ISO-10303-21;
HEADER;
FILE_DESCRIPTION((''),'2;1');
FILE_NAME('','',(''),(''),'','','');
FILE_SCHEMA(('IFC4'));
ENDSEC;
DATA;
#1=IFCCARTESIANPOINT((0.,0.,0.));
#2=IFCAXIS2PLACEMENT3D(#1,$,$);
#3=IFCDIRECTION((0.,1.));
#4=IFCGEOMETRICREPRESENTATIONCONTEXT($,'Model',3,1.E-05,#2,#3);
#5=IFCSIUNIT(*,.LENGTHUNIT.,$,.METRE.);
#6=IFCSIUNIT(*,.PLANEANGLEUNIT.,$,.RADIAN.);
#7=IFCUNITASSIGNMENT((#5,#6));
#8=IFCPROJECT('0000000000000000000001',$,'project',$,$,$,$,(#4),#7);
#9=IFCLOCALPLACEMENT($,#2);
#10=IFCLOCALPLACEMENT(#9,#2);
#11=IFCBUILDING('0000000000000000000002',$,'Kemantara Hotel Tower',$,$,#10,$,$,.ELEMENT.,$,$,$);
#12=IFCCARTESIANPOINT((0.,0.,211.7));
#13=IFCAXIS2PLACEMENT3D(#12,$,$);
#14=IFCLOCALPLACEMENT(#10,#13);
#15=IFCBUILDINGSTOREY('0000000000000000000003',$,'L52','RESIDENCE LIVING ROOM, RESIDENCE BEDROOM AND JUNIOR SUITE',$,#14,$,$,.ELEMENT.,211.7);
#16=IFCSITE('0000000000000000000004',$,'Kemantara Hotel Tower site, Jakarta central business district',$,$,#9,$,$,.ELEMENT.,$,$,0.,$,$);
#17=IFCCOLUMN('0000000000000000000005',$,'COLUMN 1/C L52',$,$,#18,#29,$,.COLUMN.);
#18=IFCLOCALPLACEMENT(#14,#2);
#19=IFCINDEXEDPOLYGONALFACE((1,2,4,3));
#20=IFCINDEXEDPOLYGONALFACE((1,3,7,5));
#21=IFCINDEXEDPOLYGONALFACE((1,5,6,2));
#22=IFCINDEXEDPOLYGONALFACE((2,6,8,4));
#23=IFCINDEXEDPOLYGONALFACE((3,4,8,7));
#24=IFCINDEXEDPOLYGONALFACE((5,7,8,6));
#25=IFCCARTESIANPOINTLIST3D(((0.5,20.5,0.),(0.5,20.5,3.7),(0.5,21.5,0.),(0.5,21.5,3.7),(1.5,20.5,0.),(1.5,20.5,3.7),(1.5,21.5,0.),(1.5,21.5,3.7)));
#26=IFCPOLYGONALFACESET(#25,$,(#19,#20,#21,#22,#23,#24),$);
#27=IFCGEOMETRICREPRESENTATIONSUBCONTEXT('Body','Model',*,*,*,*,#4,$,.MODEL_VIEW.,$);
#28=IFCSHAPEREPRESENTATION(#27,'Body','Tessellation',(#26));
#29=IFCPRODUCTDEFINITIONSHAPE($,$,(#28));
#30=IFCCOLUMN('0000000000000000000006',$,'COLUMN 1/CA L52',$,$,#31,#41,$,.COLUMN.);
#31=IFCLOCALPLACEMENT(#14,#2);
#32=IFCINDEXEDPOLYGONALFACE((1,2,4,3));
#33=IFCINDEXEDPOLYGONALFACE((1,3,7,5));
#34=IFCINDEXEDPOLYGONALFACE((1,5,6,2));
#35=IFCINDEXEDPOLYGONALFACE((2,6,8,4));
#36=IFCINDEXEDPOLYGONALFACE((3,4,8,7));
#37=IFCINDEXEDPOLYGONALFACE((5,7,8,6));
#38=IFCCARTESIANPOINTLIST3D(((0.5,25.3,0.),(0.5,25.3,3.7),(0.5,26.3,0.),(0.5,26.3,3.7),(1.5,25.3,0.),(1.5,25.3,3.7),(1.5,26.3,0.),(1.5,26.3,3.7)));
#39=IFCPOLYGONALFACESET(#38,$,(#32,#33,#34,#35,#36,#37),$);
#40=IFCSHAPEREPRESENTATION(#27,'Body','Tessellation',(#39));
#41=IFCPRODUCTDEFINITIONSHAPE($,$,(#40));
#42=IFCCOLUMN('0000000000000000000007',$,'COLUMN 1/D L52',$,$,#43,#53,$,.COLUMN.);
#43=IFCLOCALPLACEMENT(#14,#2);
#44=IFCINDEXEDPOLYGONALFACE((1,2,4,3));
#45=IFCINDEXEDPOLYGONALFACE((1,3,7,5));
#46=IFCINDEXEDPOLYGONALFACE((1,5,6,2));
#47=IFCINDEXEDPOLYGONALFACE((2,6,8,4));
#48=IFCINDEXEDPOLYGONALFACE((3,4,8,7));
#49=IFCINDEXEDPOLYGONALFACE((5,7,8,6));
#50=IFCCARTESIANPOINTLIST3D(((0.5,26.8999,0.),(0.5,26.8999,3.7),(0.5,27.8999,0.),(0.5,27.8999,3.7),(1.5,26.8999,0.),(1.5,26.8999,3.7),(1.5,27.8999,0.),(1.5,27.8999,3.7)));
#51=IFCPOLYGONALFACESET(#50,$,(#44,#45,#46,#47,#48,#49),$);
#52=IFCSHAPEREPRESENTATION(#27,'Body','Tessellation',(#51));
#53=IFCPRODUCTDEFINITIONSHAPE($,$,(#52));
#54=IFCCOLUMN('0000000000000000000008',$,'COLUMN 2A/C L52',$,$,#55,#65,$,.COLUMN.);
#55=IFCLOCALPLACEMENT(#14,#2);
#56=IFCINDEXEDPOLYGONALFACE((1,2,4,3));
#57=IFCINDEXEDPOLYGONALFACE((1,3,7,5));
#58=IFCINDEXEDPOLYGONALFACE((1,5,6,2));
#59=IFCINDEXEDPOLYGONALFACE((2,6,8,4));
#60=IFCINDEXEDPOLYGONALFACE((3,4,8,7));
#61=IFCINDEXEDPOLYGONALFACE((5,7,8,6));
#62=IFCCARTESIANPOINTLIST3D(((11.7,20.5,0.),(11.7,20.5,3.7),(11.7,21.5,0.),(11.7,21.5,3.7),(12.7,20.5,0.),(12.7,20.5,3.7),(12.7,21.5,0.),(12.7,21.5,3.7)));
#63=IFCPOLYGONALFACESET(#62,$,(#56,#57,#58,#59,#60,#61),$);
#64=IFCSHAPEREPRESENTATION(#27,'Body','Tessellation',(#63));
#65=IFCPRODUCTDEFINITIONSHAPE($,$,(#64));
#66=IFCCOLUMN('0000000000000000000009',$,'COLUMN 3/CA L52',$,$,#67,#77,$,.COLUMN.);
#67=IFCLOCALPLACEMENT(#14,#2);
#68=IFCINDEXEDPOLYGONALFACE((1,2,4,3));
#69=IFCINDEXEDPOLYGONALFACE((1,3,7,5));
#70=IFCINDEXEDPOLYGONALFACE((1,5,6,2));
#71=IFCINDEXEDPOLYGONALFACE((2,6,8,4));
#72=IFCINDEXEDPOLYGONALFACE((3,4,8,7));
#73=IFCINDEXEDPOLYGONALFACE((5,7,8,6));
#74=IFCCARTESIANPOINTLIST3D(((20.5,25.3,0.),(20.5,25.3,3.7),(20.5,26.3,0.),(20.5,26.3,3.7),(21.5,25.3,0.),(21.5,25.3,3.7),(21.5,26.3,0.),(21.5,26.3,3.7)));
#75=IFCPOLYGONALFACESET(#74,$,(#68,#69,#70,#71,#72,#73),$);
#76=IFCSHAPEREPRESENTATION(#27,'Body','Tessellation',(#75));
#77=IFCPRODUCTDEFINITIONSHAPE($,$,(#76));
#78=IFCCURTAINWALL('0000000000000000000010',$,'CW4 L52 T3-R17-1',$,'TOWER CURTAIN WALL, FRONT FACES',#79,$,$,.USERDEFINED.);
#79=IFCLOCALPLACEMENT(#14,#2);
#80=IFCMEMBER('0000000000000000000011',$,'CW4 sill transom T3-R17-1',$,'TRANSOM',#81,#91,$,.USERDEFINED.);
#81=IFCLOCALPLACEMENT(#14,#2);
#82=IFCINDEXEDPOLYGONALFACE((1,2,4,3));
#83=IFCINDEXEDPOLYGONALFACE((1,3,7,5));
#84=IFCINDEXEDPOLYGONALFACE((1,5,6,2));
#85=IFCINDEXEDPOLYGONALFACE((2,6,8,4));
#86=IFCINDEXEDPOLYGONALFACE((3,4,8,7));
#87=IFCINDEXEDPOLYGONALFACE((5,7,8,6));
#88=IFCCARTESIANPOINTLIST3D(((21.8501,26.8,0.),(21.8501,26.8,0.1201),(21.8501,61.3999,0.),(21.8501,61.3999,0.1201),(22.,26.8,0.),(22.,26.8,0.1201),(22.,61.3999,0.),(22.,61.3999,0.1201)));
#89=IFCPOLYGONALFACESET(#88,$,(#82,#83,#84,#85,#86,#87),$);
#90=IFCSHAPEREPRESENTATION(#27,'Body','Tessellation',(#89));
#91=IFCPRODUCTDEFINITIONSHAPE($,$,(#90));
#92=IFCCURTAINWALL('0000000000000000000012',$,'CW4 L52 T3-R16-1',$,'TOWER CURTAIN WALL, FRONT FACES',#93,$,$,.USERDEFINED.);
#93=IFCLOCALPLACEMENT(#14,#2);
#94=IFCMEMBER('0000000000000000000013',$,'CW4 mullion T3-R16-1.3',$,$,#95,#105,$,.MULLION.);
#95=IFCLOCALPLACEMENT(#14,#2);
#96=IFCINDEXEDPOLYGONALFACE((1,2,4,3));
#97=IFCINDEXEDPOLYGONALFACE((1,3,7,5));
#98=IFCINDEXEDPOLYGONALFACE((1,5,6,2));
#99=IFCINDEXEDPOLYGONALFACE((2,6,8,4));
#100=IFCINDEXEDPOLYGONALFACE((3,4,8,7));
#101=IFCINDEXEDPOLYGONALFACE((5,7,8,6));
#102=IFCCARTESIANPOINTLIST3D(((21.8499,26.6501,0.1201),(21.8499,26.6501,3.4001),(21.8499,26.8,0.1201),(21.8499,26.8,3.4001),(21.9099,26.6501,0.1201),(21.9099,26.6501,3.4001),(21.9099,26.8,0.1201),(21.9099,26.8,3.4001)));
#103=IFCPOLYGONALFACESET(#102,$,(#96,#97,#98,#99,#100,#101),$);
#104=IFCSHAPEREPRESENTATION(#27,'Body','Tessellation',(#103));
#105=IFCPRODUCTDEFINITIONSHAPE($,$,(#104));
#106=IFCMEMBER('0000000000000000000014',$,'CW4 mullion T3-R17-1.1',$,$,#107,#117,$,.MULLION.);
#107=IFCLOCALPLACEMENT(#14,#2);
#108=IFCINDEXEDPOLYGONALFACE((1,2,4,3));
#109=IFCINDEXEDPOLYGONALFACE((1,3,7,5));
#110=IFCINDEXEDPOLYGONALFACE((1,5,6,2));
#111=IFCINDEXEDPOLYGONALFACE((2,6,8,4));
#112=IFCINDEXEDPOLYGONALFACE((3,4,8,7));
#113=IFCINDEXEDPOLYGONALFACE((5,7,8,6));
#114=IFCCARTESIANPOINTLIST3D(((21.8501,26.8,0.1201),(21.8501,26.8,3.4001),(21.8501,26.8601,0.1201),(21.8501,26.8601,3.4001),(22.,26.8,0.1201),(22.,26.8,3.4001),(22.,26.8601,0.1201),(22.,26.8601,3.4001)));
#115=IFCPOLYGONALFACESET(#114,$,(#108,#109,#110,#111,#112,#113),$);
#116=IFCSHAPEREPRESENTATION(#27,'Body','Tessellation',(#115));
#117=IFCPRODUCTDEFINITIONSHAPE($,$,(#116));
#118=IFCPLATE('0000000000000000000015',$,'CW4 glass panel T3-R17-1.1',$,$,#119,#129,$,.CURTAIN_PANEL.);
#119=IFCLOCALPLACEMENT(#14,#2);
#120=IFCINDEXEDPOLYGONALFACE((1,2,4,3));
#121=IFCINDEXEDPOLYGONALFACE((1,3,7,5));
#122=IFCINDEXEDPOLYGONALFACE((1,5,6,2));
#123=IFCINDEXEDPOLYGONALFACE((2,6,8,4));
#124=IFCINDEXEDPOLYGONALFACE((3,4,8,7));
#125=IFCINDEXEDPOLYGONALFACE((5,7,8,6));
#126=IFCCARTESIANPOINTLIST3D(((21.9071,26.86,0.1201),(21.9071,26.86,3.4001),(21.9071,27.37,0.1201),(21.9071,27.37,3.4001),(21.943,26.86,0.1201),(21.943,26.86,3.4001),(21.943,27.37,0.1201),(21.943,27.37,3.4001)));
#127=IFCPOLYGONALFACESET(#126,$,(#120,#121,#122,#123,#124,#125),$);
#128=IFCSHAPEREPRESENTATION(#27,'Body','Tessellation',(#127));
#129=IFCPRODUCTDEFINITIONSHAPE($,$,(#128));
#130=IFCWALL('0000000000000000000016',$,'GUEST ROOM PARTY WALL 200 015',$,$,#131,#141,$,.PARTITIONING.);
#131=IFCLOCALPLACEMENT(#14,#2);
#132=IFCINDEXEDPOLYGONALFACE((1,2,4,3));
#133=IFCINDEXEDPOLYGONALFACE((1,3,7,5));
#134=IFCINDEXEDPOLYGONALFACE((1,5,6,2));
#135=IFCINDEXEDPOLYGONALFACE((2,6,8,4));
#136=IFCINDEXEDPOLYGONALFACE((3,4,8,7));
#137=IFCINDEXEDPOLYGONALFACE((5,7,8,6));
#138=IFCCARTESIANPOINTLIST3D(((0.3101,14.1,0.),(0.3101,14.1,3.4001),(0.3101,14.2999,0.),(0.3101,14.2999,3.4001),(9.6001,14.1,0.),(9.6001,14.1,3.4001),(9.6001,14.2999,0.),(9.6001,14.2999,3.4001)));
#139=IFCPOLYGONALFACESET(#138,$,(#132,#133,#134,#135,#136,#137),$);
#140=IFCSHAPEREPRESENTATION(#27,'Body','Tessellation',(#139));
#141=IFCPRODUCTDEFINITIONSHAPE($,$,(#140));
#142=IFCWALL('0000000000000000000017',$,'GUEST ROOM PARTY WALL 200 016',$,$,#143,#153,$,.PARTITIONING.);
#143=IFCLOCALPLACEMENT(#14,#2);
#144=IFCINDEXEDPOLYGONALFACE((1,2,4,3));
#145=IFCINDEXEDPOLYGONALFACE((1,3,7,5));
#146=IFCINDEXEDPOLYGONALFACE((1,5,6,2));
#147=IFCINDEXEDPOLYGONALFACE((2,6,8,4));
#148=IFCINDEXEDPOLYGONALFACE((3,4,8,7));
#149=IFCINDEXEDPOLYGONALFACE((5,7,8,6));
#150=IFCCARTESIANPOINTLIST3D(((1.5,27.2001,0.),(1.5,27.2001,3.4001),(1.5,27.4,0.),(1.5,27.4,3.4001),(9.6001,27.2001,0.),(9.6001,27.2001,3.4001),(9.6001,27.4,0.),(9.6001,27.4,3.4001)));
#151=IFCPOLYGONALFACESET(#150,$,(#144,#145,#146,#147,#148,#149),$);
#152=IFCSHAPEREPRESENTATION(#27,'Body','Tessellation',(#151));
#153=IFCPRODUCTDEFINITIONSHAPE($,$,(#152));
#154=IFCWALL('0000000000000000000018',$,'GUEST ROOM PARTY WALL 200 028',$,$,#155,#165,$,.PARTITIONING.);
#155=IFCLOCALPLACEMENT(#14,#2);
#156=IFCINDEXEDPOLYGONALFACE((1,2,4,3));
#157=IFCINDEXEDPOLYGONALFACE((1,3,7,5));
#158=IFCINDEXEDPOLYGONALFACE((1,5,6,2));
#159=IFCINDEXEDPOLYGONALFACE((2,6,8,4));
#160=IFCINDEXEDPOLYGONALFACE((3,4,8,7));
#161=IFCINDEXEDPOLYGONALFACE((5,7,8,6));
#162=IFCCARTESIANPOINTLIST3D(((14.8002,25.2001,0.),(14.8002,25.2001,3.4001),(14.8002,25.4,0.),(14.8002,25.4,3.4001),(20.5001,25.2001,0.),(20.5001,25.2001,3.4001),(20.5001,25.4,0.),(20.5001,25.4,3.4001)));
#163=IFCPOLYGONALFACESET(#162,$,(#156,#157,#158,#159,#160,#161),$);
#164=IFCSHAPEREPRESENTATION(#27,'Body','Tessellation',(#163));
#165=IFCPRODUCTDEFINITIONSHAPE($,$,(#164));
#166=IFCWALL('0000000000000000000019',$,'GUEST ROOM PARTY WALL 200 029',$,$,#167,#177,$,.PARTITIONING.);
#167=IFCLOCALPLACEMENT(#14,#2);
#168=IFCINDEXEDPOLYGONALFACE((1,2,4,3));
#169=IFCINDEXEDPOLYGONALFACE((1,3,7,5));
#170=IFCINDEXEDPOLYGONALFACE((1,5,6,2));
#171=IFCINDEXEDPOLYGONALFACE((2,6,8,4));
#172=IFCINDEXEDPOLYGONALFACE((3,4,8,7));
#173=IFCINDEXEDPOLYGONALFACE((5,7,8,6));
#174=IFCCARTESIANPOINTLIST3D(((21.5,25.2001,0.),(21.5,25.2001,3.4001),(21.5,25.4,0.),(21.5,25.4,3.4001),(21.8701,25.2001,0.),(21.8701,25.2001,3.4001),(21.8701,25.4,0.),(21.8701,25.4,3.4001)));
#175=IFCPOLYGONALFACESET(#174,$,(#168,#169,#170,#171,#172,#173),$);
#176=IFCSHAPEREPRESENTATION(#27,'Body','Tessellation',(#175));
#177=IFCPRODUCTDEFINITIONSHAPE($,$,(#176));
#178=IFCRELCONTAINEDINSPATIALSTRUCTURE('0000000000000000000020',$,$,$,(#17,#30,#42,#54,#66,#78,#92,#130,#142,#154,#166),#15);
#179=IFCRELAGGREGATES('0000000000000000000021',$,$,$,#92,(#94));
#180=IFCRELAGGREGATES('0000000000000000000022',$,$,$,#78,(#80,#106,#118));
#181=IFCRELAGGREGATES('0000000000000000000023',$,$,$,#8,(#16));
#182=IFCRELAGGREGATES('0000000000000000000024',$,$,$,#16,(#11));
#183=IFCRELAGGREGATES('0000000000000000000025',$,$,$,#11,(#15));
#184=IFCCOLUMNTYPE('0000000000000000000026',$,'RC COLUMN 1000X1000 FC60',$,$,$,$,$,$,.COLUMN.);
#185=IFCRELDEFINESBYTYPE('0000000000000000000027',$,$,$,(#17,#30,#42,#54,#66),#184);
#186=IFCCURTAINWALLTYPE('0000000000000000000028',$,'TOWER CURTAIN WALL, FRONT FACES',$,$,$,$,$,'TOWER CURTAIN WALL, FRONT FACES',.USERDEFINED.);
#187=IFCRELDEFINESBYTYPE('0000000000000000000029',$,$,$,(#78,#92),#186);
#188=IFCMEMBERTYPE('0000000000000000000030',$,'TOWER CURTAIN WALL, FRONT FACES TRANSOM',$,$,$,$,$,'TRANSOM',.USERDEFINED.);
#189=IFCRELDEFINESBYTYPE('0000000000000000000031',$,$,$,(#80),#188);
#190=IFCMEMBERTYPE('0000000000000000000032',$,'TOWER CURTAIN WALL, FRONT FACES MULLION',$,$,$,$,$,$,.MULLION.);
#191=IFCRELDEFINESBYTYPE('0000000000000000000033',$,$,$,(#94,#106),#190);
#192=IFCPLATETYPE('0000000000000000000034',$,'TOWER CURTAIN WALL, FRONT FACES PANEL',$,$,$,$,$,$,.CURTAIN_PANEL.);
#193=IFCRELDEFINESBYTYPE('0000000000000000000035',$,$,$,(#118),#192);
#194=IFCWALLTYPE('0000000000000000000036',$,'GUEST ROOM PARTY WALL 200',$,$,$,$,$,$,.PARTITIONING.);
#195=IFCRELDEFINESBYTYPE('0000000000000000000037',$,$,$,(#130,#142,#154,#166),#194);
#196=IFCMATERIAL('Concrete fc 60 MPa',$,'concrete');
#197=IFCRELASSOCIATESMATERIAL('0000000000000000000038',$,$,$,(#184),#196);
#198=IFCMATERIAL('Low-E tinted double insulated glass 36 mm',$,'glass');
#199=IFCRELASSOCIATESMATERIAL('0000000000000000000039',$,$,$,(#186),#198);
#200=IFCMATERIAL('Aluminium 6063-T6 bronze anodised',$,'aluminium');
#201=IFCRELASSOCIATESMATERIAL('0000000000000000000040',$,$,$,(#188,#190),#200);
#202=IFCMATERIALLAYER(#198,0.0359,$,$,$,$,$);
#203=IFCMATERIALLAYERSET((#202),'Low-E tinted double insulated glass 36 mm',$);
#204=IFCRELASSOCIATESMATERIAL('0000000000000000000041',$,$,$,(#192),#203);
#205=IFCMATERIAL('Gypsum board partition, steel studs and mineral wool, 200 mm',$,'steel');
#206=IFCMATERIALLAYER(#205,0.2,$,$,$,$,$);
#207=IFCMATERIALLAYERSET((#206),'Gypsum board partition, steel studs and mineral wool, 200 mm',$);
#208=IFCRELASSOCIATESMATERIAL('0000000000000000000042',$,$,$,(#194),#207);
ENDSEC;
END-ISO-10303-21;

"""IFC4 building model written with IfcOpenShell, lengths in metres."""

from ifc_helpers import new_model, si_unit, direction, frame, frame_2d, origin, origin_2d, place, context, subcontext, project, spatial, rectangle, extrude, source, transform, mapped, material, layer, layer_set, material_profile, profile_set, type_object, element, aggregate, save


model = new_model("IFC4")

# Units and contexts
model_context = context("Model", 3, precision=1e-05, world=origin(), true_north=direction((0.0, 1.0)))
body_context = subcontext(model_context, "Body", "Model", "MODEL_VIEW")
ifc_project = project(units=[si_unit("LENGTHUNIT", "METRE"), si_unit("PLANEANGLEUNIT", "RADIAN")], contexts=[model_context])

# Site, building, storey
site_placement = place(None, origin())
site = spatial("IfcSite", under=ifc_project, at=site_placement, Name="Kemantara Hotel Tower site, Jakarta central business district", CompositionType="ELEMENT", RefElevation=0.0)
building_placement = place(site_placement, origin())
building = spatial("IfcBuilding", under=site, at=building_placement, Name="Kemantara Hotel Tower", CompositionType="ELEMENT")
storey_placement = place(building_placement, frame((0.0, 0.0, 211.7)))
storey = spatial("IfcBuildingStorey", under=building, at=storey_placement, Name="L52", Description="RESIDENCE LIVING ROOM, RESIDENCE BEDROOM AND JUNIOR SUITE", CompositionType="ELEMENT", Elevation=211.7)

# Columns
ifc_material_1 = material(Name="Concrete fc 60 MPa", Category="concrete")
ifc_material_profile_1 = material_profile(ifc_material_1, rectangle(XDim=1.0, YDim=1.0, at=origin_2d()), Name="RC 1000X1000")
ifc_profile_set_1 = profile_set([ifc_material_profile_1], Name="Concrete fc 60 MPa")
column_type = type_object("IfcColumnType", Name="RC COLUMN 1000X1000 FC60", PredefinedType="COLUMN", material=ifc_profile_set_1)
for number, where, z_axis, x_axis, name in (
    (1, (1.0, 21.0, 0.0), (0.0, 0.0, 1.0), (1.0, 0.0, 0.0), "COLUMN 1/C L52"),
    (2, (1.0, 25.8, 0.0), (0.0, 0.0, 1.0), (1.0, 0.0, 0.0), "COLUMN 1/CA L52"),
    (3, (1.0, 27.3999, 0.0), (0.0, 0.0, 1.0), (1.0, 0.0, 0.0), "COLUMN 1/D L52"),
    (4, (12.2, 21.0, 0.0), (0.0, 0.0, 1.0), (1.0, 0.0, 0.0), "COLUMN 2A/C L52"),
    (5, (21.0, 25.8, 0.0), (0.0, 0.0, 1.0), (1.0, 0.0, 0.0), "COLUMN 3/CA L52"),
):
    element("IfcColumn", number, at=place(storey_placement, frame(where, z_axis=z_axis, x_axis=x_axis)), inside=storey, type_object=column_type, Name=name, PredefinedType="COLUMN", context=body_context, shape_type="SweptSolid", body=[
        extrude(rectangle(XDim=1.0, YDim=1.0, at=origin_2d()), origin(), (0.0, 0.0, 1.0), 3.7),
    ])

# Curtain walls, members
ifc_material_2 = material(Name="Low-E tinted double insulated glass 36 mm", Category="glass")
curtain_wall_type = type_object("IfcCurtainWallType", Name="TOWER CURTAIN WALL, FRONT FACES", ElementType="TOWER CURTAIN WALL, FRONT FACES", PredefinedType="USERDEFINED", material=ifc_material_2)
curtain_wall_1_placement = place(storey_placement, origin())
curtain_wall_1 = element("IfcCurtainWall", 6, at=curtain_wall_1_placement, inside=storey, type_object=curtain_wall_type, Name="CW4 L52 T3-R17-1", ObjectType="TOWER CURTAIN WALL, FRONT FACES", PredefinedType="USERDEFINED")
ifc_material_3 = material(Name="Aluminium 6063-T6 bronze anodised", Category="aluminium")
ifc_material_profile_2 = material_profile(ifc_material_3, rectangle(XDim=0.1499, YDim=0.1201, at=origin_2d()), Name="TOWER CURTAIN WALL, FRONT FACES TRANSOM")
ifc_profile_set_2 = profile_set([ifc_material_profile_2], Name="Aluminium 6063-T6 bronze anodised")
member_type_1 = type_object("IfcMemberType", Name="TOWER CURTAIN WALL, FRONT FACES TRANSOM", ElementType="TRANSOM", PredefinedType="USERDEFINED", material=ifc_profile_set_2)
member_1_placement = place(storey_placement, frame((21.925, 26.8, 0.0601), z_axis=(0.0, 1.0, 0.0), x_axis=(-1.0, 0.0, 0.0)))
member_1 = element("IfcMember", 7, at=member_1_placement, type_object=member_type_1, Name="CW4 sill transom T3-R17-1", ObjectType="TRANSOM", PredefinedType="USERDEFINED", context=body_context, shape_type="SweptSolid", body=[
    extrude(rectangle(XDim=0.1499, YDim=0.1201, at=origin_2d()), origin(), (0.0, 0.0, 1.0), 34.5999),
])
curtain_wall_2_placement = place(storey_placement, origin())
curtain_wall_2 = element("IfcCurtainWall", 8, at=curtain_wall_2_placement, inside=storey, type_object=curtain_wall_type, Name="CW4 L52 T3-R16-1", ObjectType="TOWER CURTAIN WALL, FRONT FACES", PredefinedType="USERDEFINED")
ifc_material_profile_3 = material_profile(ifc_material_3, rectangle(XDim=0.1499, YDim=0.0601, at=origin_2d()), Name="TOWER CURTAIN WALL, FRONT FACES MULLION")
ifc_profile_set_3 = profile_set([ifc_material_profile_3], Name="Aluminium 6063-T6 bronze anodised")
member_type_2 = type_object("IfcMemberType", Name="TOWER CURTAIN WALL, FRONT FACES MULLION", PredefinedType="MULLION", material=ifc_profile_set_3)
shared_shape_1 = source(origin(), body_context, "Body", "SweptSolid", [
    extrude(rectangle(XDim=0.1499, YDim=0.0601, at=origin_2d()), origin(), (0.0, 0.0, 1.0), 3.28),
])
member_2_placement = place(storey_placement, frame((21.8799, 26.7251, 0.1201), z_axis=(0.0, 0.0, 1.0), x_axis=(0.0, -1.0, 0.0)))
member_2 = element("IfcMember", 9, at=member_2_placement, type_object=member_type_2, Name="CW4 mullion T3-R16-1.3", PredefinedType="MULLION", context=body_context, shape_type="MappedRepresentation", body=[
    mapped(shared_shape_1, transform((0.0, 0.0, 0.0))),
])
aggregate(curtain_wall_2, [member_2])

# Member
member_3_placement = place(storey_placement, frame((21.925, 26.8301, 0.1201), z_axis=(0.0, 0.0, 1.0), x_axis=(-1.0, 0.0, 0.0)))
member_3 = element("IfcMember", 10, at=member_3_placement, type_object=member_type_2, Name="CW4 mullion T3-R17-1.1", PredefinedType="MULLION", context=body_context, shape_type="MappedRepresentation", body=[
    mapped(shared_shape_1, transform((0.0, 0.0, 0.0))),
])

# Plate
ifc_layer_1 = layer(ifc_material_2, 0.0359)
ifc_layer_set_1 = layer_set([ifc_layer_1], Name="Low-E tinted double insulated glass 36 mm")
plate_type = type_object("IfcPlateType", Name="TOWER CURTAIN WALL, FRONT FACES PANEL", PredefinedType="CURTAIN_PANEL", material=ifc_layer_set_1)
shared_shape_2 = source(origin(), body_context, "Body", "SweptSolid", [
    extrude(rectangle(XDim=0.51, YDim=0.0359, at=origin_2d()), origin(), (0.0, 0.0, 1.0), 3.28),
])
plate_placement = place(storey_placement, frame((21.925, 27.115, 0.1201), z_axis=(0.0, 0.0, 1.0), x_axis=(0.0, 1.0, 0.0)))
plate = element("IfcPlate", 11, at=plate_placement, type_object=plate_type, Name="CW4 glass panel T3-R17-1.1", PredefinedType="CURTAIN_PANEL", context=body_context, shape_type="MappedRepresentation", body=[
    mapped(shared_shape_2, transform((0.0, 0.0, 0.0))),
])
aggregate(curtain_wall_1, [member_1, member_3, plate])

# Walls
ifc_material_4 = material(Name="Gypsum board partition, steel studs and mineral wool, 200 mm", Category="steel")
ifc_layer_2 = layer(ifc_material_4, 0.2)
ifc_layer_set_2 = layer_set([ifc_layer_2], Name="Gypsum board partition, steel studs and mineral wool, 200 mm")
wall_type_1 = type_object("IfcWallType", Name="GUEST ROOM PARTY WALL 200", PredefinedType="PARTITIONING", material=ifc_layer_set_2)
wall_1_placement = place(storey_placement, frame((0.3101, 14.2, 0.0), z_axis=(0.0, 0.0, 1.0), x_axis=(1.0, 0.0, 0.0)))
element("IfcWall", 12, at=wall_1_placement, inside=storey, type_object=wall_type_1, Name="GUEST ROOM PARTY WALL 200 015", PredefinedType="PARTITIONING", context=body_context, shape_type="SweptSolid", body=[
    extrude(rectangle(XDim=9.29, YDim=0.2, at=frame_2d((4.645, 0.0))), origin(), (0.0, 0.0, 1.0), 3.4001),
])
wall_2_placement = place(storey_placement, frame((1.5, 27.3, 0.0), z_axis=(0.0, 0.0, 1.0), x_axis=(1.0, 0.0, 0.0)))
element("IfcWall", 13, at=wall_2_placement, inside=storey, type_object=wall_type_1, Name="GUEST ROOM PARTY WALL 200 016", PredefinedType="PARTITIONING", context=body_context, shape_type="SweptSolid", body=[
    extrude(rectangle(XDim=8.1001, YDim=0.2, at=frame_2d((4.05, 0.0))), origin(), (0.0, 0.0, 1.0), 3.4001),
])
wall_3_placement = place(storey_placement, frame((14.8, 25.3, 0.0), z_axis=(0.0, 0.0, 1.0), x_axis=(1.0, 0.0, 0.0)))
element("IfcWall", 14, at=wall_3_placement, inside=storey, type_object=wall_type_1, Name="GUEST ROOM PARTY WALL 200 028", PredefinedType="PARTITIONING", context=body_context, shape_type="SweptSolid", body=[
    extrude(rectangle(XDim=5.7, YDim=0.2, at=frame_2d((2.8501, 0.0))), origin(), (0.0, 0.0, 1.0), 3.4001),
])
wall_4_placement = place(storey_placement, frame((21.5, 25.3, 0.0), z_axis=(0.0, 0.0, 1.0), x_axis=(1.0, 0.0, 0.0)))
element("IfcWall", 15, at=wall_4_placement, inside=storey, type_object=wall_type_1, Name="GUEST ROOM PARTY WALL 200 029", PredefinedType="PARTITIONING", context=body_context, shape_type="SweptSolid", body=[
    extrude(rectangle(XDim=0.3701, YDim=0.2, at=frame_2d((0.1851, 0.0))), origin(), (0.0, 0.0, 1.0), 3.4001),
])

save(model, "model.ifc")
